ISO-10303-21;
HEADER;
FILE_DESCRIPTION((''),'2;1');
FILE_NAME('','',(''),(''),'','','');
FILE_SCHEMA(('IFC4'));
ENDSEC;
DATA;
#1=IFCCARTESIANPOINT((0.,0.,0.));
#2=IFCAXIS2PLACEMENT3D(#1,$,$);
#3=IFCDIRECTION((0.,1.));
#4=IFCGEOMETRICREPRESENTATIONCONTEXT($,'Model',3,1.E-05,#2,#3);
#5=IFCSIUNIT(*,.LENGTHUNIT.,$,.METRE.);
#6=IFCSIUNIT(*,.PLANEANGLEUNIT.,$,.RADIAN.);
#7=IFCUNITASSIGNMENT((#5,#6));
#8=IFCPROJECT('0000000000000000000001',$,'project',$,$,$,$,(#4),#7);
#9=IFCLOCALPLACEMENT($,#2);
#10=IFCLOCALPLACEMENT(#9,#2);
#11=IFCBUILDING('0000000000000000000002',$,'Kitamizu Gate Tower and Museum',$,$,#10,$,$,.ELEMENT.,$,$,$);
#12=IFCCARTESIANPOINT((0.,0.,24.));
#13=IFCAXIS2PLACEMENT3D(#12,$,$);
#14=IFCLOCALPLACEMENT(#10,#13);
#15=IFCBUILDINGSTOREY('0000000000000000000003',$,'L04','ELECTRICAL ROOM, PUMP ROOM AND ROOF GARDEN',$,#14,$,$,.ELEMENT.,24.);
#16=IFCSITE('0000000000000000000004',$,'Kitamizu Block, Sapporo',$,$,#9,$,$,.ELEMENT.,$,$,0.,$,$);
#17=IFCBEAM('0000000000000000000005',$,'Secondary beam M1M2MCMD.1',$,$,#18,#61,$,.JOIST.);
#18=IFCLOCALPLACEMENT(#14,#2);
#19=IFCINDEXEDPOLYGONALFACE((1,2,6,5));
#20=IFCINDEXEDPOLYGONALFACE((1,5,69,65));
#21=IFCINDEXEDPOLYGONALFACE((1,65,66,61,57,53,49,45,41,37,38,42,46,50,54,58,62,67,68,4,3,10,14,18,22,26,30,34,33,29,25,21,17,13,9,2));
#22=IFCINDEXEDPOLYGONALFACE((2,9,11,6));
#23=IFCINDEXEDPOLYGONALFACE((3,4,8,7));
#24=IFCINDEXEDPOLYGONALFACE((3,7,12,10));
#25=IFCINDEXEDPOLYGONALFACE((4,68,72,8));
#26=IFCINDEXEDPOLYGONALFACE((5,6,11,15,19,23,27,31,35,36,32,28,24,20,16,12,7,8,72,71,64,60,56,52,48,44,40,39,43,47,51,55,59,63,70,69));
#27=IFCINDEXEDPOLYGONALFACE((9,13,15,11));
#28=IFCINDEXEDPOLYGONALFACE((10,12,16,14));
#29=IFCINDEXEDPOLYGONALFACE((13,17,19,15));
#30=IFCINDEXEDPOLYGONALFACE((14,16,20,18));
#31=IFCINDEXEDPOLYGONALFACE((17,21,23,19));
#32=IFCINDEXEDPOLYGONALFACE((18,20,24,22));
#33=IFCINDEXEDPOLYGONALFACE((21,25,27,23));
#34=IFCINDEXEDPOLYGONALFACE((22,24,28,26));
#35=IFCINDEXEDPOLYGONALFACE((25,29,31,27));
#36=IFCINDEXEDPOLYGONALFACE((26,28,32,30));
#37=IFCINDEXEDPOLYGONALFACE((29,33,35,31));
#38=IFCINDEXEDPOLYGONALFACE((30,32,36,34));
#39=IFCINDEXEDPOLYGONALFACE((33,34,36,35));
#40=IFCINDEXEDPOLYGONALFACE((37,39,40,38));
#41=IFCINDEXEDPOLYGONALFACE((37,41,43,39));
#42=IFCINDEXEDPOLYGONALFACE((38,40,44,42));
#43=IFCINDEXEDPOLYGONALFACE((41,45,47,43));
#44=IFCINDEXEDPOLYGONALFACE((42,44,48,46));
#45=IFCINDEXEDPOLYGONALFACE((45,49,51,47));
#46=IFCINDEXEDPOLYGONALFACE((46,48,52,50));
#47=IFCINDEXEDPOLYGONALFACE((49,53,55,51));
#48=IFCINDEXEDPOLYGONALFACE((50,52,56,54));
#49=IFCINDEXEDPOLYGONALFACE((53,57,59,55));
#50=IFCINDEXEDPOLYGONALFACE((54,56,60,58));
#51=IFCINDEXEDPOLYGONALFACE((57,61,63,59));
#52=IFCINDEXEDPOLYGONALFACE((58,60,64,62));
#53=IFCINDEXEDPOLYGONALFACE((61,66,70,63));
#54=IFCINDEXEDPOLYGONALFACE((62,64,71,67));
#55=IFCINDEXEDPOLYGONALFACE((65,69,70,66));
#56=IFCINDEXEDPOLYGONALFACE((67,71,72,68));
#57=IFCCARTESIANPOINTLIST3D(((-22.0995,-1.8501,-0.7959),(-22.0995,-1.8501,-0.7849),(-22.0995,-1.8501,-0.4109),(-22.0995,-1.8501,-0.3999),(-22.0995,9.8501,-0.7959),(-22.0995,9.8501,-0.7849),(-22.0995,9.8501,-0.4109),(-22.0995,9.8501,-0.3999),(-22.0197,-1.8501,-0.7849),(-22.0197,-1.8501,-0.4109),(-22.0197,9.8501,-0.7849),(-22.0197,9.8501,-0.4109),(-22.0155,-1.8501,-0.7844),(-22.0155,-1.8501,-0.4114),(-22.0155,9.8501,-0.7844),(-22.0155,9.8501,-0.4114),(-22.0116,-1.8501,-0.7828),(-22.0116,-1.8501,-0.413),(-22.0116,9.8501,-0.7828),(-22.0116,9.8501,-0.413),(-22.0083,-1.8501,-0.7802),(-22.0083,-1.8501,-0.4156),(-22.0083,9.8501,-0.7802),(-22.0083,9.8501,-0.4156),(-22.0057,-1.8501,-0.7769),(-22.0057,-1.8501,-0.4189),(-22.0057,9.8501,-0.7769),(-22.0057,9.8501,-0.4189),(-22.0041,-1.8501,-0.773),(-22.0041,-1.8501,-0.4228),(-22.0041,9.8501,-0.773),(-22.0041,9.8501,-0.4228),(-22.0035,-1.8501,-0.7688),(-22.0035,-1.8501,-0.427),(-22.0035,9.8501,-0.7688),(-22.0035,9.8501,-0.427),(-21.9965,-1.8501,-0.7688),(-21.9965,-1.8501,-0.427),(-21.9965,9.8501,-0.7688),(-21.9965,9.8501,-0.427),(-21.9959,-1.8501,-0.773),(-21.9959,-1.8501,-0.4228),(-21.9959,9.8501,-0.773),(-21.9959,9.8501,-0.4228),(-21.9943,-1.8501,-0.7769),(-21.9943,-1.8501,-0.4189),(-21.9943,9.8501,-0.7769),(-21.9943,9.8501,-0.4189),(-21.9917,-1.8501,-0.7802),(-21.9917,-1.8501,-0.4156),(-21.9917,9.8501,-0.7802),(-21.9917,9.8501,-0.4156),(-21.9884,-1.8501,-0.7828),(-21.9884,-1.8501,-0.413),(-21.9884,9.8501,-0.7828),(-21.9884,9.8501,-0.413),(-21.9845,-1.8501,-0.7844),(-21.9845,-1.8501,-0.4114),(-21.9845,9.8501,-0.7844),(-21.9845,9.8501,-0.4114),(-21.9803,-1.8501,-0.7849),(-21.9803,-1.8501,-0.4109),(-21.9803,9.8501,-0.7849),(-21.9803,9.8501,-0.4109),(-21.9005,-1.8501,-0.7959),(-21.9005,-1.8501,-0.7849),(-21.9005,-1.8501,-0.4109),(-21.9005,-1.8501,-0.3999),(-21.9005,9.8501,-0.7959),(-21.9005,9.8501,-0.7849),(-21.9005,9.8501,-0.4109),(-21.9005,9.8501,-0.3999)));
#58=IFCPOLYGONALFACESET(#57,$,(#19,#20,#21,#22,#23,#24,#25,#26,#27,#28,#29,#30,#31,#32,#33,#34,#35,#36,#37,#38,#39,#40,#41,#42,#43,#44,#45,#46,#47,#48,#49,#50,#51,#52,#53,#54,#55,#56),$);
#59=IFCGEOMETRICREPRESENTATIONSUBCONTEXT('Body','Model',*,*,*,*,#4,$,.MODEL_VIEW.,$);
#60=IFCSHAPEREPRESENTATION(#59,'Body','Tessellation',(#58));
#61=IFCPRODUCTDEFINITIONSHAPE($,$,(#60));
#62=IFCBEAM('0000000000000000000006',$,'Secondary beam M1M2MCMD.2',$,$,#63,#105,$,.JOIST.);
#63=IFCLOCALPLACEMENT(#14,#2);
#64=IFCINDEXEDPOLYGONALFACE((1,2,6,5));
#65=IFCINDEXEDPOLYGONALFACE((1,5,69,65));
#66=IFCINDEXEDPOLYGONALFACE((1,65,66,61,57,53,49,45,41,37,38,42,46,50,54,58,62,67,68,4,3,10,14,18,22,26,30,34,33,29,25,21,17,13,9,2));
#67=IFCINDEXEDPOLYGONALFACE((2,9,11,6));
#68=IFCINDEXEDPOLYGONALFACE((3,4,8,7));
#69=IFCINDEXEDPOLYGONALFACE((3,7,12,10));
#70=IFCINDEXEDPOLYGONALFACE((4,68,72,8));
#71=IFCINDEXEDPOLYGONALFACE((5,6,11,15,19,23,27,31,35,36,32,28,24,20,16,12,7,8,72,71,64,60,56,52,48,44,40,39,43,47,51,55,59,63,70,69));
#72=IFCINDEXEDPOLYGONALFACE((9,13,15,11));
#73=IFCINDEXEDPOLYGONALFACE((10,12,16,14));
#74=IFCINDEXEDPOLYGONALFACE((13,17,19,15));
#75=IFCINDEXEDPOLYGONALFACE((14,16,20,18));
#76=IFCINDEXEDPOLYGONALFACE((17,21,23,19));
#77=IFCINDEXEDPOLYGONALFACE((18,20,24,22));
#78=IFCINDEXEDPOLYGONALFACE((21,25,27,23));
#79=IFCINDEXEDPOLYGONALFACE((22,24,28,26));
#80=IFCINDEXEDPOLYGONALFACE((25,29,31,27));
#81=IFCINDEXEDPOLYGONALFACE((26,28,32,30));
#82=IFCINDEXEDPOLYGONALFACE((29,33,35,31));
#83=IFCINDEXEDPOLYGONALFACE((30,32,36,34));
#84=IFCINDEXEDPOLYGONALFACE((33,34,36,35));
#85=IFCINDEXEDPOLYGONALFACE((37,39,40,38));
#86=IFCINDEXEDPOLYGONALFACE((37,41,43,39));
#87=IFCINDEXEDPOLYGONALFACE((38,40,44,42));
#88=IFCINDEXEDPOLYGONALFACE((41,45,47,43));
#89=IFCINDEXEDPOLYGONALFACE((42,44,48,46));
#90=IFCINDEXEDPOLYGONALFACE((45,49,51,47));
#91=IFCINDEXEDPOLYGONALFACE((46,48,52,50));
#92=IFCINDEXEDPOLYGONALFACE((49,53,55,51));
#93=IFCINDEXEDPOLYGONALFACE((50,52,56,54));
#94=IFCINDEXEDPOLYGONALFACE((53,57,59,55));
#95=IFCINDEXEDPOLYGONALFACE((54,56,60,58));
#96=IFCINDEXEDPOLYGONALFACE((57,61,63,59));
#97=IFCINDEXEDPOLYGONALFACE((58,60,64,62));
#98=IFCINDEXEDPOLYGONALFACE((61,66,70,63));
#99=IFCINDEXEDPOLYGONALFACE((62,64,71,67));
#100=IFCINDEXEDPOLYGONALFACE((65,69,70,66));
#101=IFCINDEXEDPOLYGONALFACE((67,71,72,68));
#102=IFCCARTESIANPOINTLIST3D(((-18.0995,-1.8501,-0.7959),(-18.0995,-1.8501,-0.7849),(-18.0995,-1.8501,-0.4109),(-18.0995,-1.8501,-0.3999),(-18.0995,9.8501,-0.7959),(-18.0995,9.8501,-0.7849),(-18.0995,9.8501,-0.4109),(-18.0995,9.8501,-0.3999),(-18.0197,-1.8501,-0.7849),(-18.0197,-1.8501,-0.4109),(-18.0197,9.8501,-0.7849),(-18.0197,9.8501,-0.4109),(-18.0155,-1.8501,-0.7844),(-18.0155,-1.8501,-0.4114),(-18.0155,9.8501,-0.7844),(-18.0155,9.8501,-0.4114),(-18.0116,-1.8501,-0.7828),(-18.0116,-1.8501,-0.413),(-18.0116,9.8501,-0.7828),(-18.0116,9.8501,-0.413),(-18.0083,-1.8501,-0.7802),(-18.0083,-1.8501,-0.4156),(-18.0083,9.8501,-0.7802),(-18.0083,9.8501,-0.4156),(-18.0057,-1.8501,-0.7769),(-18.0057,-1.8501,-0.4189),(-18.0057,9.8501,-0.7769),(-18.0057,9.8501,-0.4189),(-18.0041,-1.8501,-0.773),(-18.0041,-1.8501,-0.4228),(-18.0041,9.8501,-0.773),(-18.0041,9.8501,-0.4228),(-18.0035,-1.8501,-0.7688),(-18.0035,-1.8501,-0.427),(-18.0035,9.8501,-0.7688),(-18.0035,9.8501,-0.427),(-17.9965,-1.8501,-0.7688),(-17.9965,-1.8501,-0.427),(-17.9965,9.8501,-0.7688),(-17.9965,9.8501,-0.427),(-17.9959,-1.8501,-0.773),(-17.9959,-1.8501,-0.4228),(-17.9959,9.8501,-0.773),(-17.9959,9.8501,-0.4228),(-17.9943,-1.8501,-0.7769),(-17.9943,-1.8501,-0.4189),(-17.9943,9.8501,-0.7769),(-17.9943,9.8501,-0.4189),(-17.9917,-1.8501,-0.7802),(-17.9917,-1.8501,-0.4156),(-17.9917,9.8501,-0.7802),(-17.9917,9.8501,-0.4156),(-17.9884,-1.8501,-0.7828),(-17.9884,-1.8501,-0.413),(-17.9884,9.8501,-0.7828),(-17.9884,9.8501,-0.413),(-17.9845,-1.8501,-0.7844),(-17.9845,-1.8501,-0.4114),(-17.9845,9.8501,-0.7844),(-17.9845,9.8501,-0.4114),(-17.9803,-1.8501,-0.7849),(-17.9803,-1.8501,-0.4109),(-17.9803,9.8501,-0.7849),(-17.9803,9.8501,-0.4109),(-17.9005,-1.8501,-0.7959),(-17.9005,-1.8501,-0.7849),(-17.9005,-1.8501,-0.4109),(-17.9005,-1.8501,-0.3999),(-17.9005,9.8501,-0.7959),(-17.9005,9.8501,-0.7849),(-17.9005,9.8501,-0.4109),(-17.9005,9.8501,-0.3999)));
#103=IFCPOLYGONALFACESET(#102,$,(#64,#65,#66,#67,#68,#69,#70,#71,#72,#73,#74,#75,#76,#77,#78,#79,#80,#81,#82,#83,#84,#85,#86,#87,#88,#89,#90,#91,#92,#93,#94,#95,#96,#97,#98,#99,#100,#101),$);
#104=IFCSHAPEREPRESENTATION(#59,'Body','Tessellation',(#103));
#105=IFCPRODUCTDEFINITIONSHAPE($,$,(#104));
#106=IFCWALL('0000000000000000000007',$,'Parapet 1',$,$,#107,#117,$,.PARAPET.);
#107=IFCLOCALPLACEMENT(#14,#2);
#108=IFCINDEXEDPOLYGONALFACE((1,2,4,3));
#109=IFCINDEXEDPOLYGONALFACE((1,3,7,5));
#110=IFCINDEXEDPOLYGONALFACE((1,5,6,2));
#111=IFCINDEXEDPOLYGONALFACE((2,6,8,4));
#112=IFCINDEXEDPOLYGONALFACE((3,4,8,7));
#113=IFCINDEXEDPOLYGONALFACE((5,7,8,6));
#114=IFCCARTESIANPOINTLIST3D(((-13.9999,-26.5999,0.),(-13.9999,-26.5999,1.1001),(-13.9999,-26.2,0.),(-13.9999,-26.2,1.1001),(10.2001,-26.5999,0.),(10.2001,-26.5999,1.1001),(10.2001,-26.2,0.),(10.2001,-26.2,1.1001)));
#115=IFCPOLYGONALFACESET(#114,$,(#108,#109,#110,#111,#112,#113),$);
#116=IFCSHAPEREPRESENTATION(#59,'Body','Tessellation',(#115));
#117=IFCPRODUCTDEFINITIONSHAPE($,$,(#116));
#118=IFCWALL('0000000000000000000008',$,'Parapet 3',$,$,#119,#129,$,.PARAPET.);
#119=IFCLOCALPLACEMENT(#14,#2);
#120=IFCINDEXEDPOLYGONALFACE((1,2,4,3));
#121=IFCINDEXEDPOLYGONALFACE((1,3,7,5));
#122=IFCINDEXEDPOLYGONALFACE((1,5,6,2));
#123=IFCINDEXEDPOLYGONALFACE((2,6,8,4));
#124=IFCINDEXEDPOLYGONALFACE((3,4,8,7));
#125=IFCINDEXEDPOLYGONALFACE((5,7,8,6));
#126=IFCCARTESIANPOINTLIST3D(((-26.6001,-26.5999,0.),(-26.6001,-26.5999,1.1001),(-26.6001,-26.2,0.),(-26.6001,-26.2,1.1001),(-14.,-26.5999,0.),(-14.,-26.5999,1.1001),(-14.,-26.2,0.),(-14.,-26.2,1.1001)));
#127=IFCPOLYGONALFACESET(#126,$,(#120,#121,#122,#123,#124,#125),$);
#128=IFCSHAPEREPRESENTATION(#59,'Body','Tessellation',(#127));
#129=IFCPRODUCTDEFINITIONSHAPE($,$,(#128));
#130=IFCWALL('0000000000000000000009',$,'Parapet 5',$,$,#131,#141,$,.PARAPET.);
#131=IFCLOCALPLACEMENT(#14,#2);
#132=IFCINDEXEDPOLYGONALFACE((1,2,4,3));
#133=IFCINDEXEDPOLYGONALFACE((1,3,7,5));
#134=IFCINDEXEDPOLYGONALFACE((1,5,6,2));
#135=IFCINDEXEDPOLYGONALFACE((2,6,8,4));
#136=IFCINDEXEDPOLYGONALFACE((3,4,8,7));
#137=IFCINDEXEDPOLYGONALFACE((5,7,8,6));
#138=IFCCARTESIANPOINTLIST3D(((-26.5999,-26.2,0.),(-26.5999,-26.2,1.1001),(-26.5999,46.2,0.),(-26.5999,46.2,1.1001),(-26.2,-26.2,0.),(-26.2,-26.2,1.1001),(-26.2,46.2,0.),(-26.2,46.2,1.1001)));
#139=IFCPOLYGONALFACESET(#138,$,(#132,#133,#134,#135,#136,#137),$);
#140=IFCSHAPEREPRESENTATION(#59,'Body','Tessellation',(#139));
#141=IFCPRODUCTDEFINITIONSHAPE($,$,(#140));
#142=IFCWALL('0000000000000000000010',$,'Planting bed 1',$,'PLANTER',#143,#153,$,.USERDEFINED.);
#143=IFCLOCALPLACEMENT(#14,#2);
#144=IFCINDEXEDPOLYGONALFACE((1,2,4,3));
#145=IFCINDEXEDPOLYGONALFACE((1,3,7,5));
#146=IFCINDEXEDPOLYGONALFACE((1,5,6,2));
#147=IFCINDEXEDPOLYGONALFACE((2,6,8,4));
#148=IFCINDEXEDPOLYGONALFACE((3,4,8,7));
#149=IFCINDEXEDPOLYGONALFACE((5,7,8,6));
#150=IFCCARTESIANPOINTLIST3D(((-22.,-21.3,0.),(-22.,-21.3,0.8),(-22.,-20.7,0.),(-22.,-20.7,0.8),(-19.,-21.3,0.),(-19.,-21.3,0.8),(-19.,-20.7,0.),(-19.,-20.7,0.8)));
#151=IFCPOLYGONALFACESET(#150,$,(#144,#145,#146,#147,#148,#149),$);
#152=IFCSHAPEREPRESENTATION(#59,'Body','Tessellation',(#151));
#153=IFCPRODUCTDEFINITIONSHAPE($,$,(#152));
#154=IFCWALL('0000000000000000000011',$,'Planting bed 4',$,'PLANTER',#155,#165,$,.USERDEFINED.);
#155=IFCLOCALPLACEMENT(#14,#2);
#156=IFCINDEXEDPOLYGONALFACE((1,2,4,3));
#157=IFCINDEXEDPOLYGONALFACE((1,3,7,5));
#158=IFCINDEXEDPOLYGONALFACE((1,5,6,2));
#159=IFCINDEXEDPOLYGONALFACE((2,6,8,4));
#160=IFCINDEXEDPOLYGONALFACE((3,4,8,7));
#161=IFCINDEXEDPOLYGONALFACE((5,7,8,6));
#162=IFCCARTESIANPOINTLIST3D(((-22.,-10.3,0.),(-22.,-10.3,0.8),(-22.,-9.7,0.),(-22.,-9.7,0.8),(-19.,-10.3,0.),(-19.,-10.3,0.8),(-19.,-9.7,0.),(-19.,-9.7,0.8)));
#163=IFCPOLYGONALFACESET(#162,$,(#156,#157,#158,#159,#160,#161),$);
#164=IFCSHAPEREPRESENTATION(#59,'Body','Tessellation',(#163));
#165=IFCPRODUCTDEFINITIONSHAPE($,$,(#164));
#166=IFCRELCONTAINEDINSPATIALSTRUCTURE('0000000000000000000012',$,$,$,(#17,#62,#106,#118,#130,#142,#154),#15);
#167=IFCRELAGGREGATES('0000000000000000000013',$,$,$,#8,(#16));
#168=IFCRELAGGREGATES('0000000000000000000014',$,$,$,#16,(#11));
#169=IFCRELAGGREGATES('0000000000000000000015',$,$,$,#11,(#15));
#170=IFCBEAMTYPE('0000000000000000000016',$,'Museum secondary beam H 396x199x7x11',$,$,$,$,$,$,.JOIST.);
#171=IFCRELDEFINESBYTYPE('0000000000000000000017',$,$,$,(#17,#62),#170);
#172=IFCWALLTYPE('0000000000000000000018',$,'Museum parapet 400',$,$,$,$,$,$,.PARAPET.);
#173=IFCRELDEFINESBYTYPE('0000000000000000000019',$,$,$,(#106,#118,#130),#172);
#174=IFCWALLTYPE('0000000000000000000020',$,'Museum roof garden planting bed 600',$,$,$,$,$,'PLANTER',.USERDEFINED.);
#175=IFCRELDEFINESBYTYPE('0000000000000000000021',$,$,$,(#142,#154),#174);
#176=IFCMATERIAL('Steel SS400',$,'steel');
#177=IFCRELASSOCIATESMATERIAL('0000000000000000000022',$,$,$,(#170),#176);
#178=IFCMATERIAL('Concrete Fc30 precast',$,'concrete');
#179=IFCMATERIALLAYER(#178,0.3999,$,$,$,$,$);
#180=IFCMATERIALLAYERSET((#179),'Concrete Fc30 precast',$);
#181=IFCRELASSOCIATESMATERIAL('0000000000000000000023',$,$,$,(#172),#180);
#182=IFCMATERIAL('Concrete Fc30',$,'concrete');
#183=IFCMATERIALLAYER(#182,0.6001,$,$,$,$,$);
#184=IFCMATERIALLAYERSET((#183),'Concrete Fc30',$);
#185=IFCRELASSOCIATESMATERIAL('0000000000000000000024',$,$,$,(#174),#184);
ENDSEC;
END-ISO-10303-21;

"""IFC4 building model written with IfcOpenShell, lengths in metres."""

from ifc_helpers import new_model, si_unit, direction, frame, frame_2d, origin, origin_2d, place, context, subcontext, project, spatial, rectangle, i_section, extrude, material, layer, layer_set, material_profile, profile_set, type_object, element, save


model = new_model("IFC4")

# Units and contexts
model_context = context("Model", 3, precision=1e-05, world=origin(), true_north=direction((0.0, 1.0)))
body_context = subcontext(model_context, "Body", "Model", "MODEL_VIEW")
ifc_project = project(units=[si_unit("LENGTHUNIT", "METRE"), si_unit("PLANEANGLEUNIT", "RADIAN")], contexts=[model_context])

# Site, building, storey
site_placement = place(None, origin())
site = spatial("IfcSite", under=ifc_project, at=site_placement, Name="Kitamizu Block, Sapporo", CompositionType="ELEMENT", RefElevation=0.0)
building_placement = place(site_placement, origin())
building = spatial("IfcBuilding", under=site, at=building_placement, Name="Kitamizu Gate Tower and Museum", CompositionType="ELEMENT")
storey_placement = place(building_placement, frame((0.0, 0.0, 24.0)))
storey = spatial("IfcBuildingStorey", under=building, at=storey_placement, Name="L04", Description="ELECTRICAL ROOM, PUMP ROOM AND ROOF GARDEN", CompositionType="ELEMENT", Elevation=24.0)

# Beams
ifc_material_1 = material(Name="Steel SS400", Category="steel")
ifc_material_profile_1 = material_profile(ifc_material_1, i_section(OverallWidth=0.199, OverallDepth=0.396, WebThickness=0.0071, FlangeThickness=0.011, FilletRadius=0.0161, at=origin_2d()), Name="H-396x199x7x11")
ifc_profile_set_1 = profile_set([ifc_material_profile_1], Name="Steel SS400")
beam_type_1 = type_object("IfcBeamType", Name="Museum secondary beam H 396x199x7x11", PredefinedType="JOIST", material=ifc_profile_set_1)
for number, where, z_axis, x_axis, name in (
    (1, (-22.0, -1.8501, -0.5979), (0.0, 1.0, 0.0), (-1.0, 0.0, 0.0), "Secondary beam M1M2MCMD.1"),
    (2, (-18.0, -1.8501, -0.5979), (0.0, 1.0, 0.0), (-1.0, 0.0, 0.0), "Secondary beam M1M2MCMD.2"),
):
    element("IfcBeam", number, at=place(storey_placement, frame(where, z_axis=z_axis, x_axis=x_axis)), inside=storey, type_object=beam_type_1, Name=name, PredefinedType="JOIST", context=body_context, shape_type="SweptSolid", body=[
        extrude(i_section(OverallWidth=0.199, OverallDepth=0.396, WebThickness=0.0071, FlangeThickness=0.011, FilletRadius=0.0161, at=origin_2d()), origin(), (0.0, 0.0, 1.0), 11.7002),
    ])

# Walls
ifc_material_2 = material(Name="Concrete Fc30 precast", Category="concrete")
ifc_layer_1 = layer(ifc_material_2, 0.3999)
ifc_layer_set_1 = layer_set([ifc_layer_1], Name="Concrete Fc30 precast")
wall_type_1 = type_object("IfcWallType", Name="Museum parapet 400", PredefinedType="PARAPET", material=ifc_layer_set_1)
wall_1_placement = place(storey_placement, frame((-14.0, -26.3999, 0.0), z_axis=(0.0, 0.0, 1.0), x_axis=(1.0, 0.0, 0.0)))
element("IfcWall", 3, at=wall_1_placement, inside=storey, type_object=wall_type_1, Name="Parapet 1", PredefinedType="PARAPET", context=body_context, shape_type="SweptSolid", body=[
    extrude(rectangle(XDim=24.2, YDim=0.3999, at=frame_2d((12.1001, 0.0))), origin(), (0.0, 0.0, 1.0), 1.1001),
])
wall_2_placement = place(storey_placement, frame((-26.6001, -26.3999, 0.0), z_axis=(0.0, 0.0, 1.0), x_axis=(1.0, 0.0, 0.0)))
element("IfcWall", 4, at=wall_2_placement, inside=storey, type_object=wall_type_1, Name="Parapet 3", PredefinedType="PARAPET", context=body_context, shape_type="SweptSolid", body=[
    extrude(rectangle(XDim=12.6001, YDim=0.3999, at=frame_2d((6.3, 0.0))), origin(), (0.0, 0.0, 1.0), 1.1001),
])
wall_3_placement = place(storey_placement, frame((-26.3999, -26.2, 0.0), z_axis=(0.0, 0.0, 1.0), x_axis=(0.0, 1.0, 0.0)))
element("IfcWall", 5, at=wall_3_placement, inside=storey, type_object=wall_type_1, Name="Parapet 5", PredefinedType="PARAPET", context=body_context, shape_type="SweptSolid", body=[
    extrude(rectangle(XDim=72.3999, YDim=0.3999, at=frame_2d((36.2, 0.0))), origin(), (0.0, 0.0, 1.0), 1.1001),
])
ifc_material_3 = material(Name="Concrete Fc30", Category="concrete")
ifc_layer_2 = layer(ifc_material_3, 0.6001)
ifc_layer_set_2 = layer_set([ifc_layer_2], Name="Concrete Fc30")
wall_type_2 = type_object("IfcWallType", Name="Museum roof garden planting bed 600", ElementType="PLANTER", PredefinedType="USERDEFINED", material=ifc_layer_set_2)
for number, where, z_axis, x_axis, name in (
    (6, (-22.0, -21.0, 0.0), (0.0, 0.0, 1.0), (1.0, 0.0, 0.0), "Planting bed 1"),
    (7, (-22.0, -10.0, 0.0), (0.0, 0.0, 1.0), (1.0, 0.0, 0.0), "Planting bed 4"),
):
    element("IfcWall", number, at=place(storey_placement, frame(where, z_axis=z_axis, x_axis=x_axis)), inside=storey, type_object=wall_type_2, Name=name, ObjectType="PLANTER", PredefinedType="USERDEFINED", context=body_context, shape_type="SweptSolid", body=[
        extrude(rectangle(XDim=3.0, YDim=0.6001, at=frame_2d((1.5, 0.0))), origin(), (0.0, 0.0, 1.0), 0.8),
    ])

save(model, "model.ifc")
